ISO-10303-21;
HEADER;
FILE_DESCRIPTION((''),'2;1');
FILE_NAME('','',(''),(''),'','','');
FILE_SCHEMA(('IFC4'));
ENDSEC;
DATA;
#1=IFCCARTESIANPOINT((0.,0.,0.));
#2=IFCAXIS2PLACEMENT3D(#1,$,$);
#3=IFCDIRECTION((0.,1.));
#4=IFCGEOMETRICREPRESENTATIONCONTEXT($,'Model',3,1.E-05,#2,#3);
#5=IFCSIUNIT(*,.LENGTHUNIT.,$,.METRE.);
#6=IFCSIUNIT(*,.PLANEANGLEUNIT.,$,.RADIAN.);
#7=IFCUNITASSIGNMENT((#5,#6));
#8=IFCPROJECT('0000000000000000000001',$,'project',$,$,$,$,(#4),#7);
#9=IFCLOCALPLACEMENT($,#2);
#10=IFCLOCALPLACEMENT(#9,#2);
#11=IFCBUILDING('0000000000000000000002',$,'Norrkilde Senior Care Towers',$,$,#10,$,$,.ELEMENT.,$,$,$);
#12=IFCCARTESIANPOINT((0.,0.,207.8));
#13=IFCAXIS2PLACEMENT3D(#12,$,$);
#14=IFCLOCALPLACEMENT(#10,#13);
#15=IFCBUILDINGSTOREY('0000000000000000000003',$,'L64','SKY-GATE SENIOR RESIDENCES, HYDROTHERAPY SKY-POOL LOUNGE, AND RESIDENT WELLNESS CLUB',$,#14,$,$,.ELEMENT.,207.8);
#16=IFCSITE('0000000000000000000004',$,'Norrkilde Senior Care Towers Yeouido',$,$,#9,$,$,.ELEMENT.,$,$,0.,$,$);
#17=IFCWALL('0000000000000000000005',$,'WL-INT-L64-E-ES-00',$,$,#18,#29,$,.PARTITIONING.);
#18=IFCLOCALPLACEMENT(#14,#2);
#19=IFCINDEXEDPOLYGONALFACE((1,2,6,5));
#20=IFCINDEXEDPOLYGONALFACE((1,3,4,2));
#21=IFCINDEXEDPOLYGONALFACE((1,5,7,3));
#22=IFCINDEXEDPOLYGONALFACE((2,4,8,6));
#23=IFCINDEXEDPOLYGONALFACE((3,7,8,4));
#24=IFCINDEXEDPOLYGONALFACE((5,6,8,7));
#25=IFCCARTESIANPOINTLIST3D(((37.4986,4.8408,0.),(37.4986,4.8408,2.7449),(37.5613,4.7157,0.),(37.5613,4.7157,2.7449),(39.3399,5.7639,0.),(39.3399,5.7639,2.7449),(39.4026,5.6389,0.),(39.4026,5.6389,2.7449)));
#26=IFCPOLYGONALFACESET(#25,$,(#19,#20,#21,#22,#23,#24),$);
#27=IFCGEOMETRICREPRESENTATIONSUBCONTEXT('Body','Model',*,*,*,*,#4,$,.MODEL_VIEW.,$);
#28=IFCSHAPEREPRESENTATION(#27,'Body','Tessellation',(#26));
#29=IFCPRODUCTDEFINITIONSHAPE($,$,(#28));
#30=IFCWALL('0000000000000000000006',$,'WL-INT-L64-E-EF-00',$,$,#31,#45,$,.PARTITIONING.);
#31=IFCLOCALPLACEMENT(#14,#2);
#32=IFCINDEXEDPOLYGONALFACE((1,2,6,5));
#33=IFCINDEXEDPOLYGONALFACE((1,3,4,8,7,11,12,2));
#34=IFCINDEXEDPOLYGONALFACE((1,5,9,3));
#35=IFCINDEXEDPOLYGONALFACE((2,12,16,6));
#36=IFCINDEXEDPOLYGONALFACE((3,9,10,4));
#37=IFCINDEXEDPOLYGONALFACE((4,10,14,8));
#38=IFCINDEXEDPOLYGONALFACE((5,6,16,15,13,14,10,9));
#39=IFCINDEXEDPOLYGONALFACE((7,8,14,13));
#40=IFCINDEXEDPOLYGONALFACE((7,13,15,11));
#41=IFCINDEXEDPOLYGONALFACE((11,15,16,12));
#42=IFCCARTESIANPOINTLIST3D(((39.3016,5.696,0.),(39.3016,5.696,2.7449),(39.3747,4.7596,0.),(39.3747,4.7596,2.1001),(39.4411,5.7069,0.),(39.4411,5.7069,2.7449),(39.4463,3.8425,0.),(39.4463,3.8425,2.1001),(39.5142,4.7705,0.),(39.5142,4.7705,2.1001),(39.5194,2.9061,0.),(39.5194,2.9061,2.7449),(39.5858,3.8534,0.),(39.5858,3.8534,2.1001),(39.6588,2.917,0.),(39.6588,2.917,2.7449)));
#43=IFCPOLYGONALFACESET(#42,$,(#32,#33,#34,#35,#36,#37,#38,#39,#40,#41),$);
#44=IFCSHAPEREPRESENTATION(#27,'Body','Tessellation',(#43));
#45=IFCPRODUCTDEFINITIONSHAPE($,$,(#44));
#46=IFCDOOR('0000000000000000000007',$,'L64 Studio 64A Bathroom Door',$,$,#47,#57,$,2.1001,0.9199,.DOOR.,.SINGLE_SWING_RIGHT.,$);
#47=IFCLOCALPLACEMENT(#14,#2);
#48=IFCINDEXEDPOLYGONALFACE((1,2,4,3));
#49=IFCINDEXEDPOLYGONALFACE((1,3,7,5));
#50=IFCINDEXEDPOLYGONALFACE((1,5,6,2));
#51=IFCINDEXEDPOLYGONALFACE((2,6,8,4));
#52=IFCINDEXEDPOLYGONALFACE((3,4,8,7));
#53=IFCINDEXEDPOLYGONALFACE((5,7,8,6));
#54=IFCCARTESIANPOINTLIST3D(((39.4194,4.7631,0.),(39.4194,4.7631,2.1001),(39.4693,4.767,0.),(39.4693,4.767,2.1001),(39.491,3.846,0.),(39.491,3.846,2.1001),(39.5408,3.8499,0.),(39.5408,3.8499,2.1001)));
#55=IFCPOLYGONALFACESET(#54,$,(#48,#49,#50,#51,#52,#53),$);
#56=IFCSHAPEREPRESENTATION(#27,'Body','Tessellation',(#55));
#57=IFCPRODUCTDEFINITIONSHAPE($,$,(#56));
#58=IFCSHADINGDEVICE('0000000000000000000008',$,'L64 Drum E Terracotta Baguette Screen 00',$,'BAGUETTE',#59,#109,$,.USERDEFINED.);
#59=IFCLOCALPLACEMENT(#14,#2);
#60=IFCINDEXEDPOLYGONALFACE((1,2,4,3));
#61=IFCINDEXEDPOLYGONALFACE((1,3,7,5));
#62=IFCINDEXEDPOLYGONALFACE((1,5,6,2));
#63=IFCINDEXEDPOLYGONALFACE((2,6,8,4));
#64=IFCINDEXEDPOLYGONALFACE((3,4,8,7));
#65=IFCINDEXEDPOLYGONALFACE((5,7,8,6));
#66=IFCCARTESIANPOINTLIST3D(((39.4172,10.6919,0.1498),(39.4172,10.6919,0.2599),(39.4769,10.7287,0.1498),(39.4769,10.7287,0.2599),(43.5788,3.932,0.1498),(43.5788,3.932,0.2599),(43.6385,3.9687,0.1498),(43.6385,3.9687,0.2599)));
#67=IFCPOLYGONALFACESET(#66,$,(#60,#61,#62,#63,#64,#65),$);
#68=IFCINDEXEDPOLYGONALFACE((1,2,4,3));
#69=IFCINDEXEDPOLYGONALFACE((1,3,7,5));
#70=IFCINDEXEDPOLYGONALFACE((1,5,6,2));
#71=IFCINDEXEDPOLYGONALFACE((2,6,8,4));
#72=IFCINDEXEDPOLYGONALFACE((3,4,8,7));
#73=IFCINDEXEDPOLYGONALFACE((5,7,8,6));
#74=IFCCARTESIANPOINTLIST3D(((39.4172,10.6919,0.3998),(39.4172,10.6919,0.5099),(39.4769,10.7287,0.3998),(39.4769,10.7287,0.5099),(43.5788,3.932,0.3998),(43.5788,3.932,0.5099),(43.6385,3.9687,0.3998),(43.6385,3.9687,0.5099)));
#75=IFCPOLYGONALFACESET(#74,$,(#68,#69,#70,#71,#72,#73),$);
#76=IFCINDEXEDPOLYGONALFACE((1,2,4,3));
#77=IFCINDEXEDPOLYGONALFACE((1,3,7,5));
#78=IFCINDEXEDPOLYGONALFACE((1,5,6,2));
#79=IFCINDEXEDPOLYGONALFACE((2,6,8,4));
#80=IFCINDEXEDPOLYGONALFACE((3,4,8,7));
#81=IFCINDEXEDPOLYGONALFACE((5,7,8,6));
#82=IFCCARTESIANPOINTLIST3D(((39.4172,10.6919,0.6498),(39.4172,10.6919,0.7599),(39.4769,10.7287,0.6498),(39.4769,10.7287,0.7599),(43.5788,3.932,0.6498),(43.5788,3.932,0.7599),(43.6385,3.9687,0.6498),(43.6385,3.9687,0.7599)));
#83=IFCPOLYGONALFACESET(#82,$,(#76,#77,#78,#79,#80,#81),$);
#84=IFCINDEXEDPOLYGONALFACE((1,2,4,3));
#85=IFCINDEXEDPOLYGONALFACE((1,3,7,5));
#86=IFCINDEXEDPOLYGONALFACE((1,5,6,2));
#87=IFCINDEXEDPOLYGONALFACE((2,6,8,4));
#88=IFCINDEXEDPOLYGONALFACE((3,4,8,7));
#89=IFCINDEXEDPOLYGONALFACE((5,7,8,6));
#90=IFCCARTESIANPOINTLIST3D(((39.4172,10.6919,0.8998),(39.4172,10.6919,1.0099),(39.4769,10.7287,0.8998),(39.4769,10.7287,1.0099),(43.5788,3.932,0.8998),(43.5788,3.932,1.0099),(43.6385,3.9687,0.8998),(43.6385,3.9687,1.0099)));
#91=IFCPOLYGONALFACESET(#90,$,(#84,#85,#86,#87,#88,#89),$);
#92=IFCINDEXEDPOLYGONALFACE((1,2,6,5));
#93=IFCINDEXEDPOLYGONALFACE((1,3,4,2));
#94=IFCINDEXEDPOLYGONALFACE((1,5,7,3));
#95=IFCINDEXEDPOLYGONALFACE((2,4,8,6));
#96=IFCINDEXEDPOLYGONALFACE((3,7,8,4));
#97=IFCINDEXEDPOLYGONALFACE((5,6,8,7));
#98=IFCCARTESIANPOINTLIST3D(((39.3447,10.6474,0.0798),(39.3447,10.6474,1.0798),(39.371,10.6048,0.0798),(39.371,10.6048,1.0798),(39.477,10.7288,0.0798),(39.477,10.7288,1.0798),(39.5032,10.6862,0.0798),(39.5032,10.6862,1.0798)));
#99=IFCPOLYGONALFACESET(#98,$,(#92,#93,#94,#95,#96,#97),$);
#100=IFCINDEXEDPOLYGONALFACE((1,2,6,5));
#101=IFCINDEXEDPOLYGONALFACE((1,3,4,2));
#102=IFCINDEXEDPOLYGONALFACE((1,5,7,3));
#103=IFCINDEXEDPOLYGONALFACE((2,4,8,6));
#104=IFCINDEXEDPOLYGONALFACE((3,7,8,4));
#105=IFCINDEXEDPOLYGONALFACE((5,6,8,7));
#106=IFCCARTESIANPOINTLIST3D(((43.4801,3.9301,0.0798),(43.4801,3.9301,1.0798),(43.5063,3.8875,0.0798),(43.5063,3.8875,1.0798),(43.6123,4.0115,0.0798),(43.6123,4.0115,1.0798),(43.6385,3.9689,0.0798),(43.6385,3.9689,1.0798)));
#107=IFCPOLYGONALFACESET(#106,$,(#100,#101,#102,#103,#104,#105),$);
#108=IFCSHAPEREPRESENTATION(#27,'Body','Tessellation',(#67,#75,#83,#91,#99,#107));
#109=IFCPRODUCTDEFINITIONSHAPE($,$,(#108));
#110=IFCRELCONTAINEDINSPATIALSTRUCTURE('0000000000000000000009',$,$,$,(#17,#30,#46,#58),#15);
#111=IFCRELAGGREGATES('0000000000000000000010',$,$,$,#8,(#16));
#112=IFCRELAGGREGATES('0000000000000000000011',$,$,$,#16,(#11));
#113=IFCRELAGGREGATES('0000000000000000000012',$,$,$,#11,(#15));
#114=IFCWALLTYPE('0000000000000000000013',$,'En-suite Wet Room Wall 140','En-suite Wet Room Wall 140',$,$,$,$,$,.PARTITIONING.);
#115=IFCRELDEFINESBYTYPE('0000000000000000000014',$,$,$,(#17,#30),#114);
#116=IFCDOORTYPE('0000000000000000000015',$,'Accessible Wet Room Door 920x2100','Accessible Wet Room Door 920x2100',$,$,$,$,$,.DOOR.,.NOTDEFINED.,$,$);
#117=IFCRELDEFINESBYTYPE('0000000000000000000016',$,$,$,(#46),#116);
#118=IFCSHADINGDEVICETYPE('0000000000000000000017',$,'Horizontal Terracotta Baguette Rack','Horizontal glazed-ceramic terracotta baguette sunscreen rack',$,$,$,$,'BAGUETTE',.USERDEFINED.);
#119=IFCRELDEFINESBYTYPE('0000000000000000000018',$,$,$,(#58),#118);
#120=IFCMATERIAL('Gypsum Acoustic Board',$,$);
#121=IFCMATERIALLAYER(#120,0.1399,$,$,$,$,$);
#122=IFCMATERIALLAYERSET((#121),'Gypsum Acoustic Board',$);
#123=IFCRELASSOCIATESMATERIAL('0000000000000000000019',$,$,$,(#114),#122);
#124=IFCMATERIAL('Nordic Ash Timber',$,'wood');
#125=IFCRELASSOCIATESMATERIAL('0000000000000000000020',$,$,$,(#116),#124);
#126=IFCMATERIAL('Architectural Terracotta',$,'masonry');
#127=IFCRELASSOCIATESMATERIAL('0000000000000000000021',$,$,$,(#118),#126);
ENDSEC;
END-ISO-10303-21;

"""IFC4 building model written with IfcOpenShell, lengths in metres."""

from ifc_helpers import new_model, si_unit, direction, frame, frame_2d, origin, origin_2d, place, context, subcontext, project, spatial, rectangle, extrude, source, transform, mapped, material, layer, layer_set, type_object, type_shapes, element, fill, save


model = new_model("IFC4")

# Units and contexts
model_context = context("Model", 3, precision=1e-05, world=origin(), true_north=direction((0.0, 1.0)))
body_context = subcontext(model_context, "Body", "Model", "MODEL_VIEW")
ifc_project = project(units=[si_unit("LENGTHUNIT", "METRE"), si_unit("PLANEANGLEUNIT", "RADIAN")], contexts=[model_context])

# Site, building, storey
site_placement = place(None, origin())
site = spatial("IfcSite", under=ifc_project, at=site_placement, Name="Norrkilde Senior Care Towers Yeouido", CompositionType="ELEMENT", RefElevation=0.0)
building_placement = place(site_placement, origin())
building = spatial("IfcBuilding", under=site, at=building_placement, Name="Norrkilde Senior Care Towers", CompositionType="ELEMENT")
storey_placement = place(building_placement, frame((0.0, 0.0, 207.8)))
storey = spatial("IfcBuildingStorey", under=building, at=storey_placement, Name="L64", Description="SKY-GATE SENIOR RESIDENCES, HYDROTHERAPY SKY-POOL LOUNGE, AND RESIDENT WELLNESS CLUB", CompositionType="ELEMENT", Elevation=207.8)

# Shared definitions
ifc_material_1 = material(Name="Gypsum Acoustic Board")

# Shared definitions
ifc_material_2 = material(Name="Nordic Ash Timber", Category="wood")

# Wall
ifc_layer_1 = layer(ifc_material_1, 0.1399)
ifc_layer_set_1 = layer_set([ifc_layer_1], Name="Gypsum Acoustic Board")
wall_type_1 = type_object("IfcWallType", Name="En-suite Wet Room Wall 140", Description="En-suite Wet Room Wall 140", PredefinedType="PARTITIONING", material=ifc_layer_set_1)
shared_shape_1 = source(origin(), body_context, "Body", "SweptSolid", [
    extrude(rectangle(XDim=2.0598, YDim=0.1399, at=frame_2d((1.0298, 0.0))), origin(), (0.0, 0.0, 1.0), 2.7449),
])
wall_1_placement = place(storey_placement, frame((37.53, 4.7783, 0.0), z_axis=(0.0, 0.0, 1.0), x_axis=(0.893953, 0.448162, 0.0)))
element("IfcWall", 1, at=wall_1_placement, inside=storey, type_object=wall_type_1, Name="WL-INT-L64-E-ES-00", PredefinedType="PARTITIONING", context=body_context, shape_type="MappedRepresentation", body=[
    mapped(shared_shape_1, transform((0.0, 0.0, 0.0), x_axis=(1.0, 0.0, 0.0), y_axis=(0.0, 1.0, 0.0), z_axis=(0.0, 0.0, 1.0), scale=1.0)),
])

# Wall, opening, door
shared_shape_2 = source(origin(), body_context, "Body", "SweptSolid", [
    extrude(rectangle(XDim=2.7983, YDim=0.1399, at=frame_2d((1.3992, 0.0))), origin(), (0.0, 0.0, 1.0), 2.7449),
])
type_shapes(wall_type_1, [shared_shape_1, shared_shape_2])
wall_2_placement = place(storey_placement, frame((39.3713, 5.7014, 0.0), z_axis=(0.0, 0.0, 1.0), x_axis=(0.077824, -0.996967, 0.0)))
wall_2 = element("IfcWall", 2, at=wall_2_placement, inside=storey, type_object=wall_type_1, Name="WL-INT-L64-E-EF-00", PredefinedType="PARTITIONING", context=body_context, shape_type="MappedRepresentation", body=[
    mapped(shared_shape_2, transform((0.0, 0.0, 0.0), x_axis=(1.0, 0.0, 0.0), y_axis=(0.0, 1.0, 0.0), z_axis=(0.0, 0.0, 1.0), scale=1.0)),
])
opening_1_placement = place(wall_2_placement, frame((0.9392, 0.0, 0.0)))
opening_1 = element("IfcOpeningElement", 3, at=opening_1_placement, cuts=wall_2, PredefinedType="OPENING", context=body_context, shape_type="SweptSolid", body=[
    extrude(rectangle(XDim=0.9199, YDim=2.1001, at=frame_2d((0.46, 1.05))), frame((0.0, 0.0798, 0.0), z_axis=(0.0, -1.0, 0.0), x_axis=(1.0, 0.0, 0.0)), (0.0, 0.0, 1.0), 0.1599),
])
door_type_1 = type_object("IfcDoorType", Name="Accessible Wet Room Door 920x2100", Description="Accessible Wet Room Door 920x2100", OperationType="NOTDEFINED", PredefinedType="DOOR", material=ifc_material_2)
shared_shape_3 = source(origin(), body_context, "Body", "SweptSolid", [
    extrude(rectangle(XDim=0.9199, YDim=2.1001, at=frame_2d((0.46, 1.05))), frame((0.0, 0.0249, 0.0), z_axis=(0.0, -1.0, 0.0), x_axis=(1.0, 0.0, 0.0)), (0.0, 0.0, 1.0), 0.05),
])
type_shapes(door_type_1, [shared_shape_3])
door_1_placement = place(opening_1_placement, origin())
door_1 = element("IfcDoor", 4, at=door_1_placement, inside=storey, type_object=door_type_1, Name="L64 Studio 64A Bathroom Door", OperationType="SINGLE_SWING_RIGHT", OverallHeight=2.1001, OverallWidth=0.9199, PredefinedType="DOOR", context=body_context, shape_type="MappedRepresentation", body=[
    mapped(shared_shape_3, transform((0.0, 0.0, 0.0), x_axis=(1.0, 0.0, 0.0), y_axis=(0.0, 1.0, 0.0), z_axis=(0.0, 0.0, 1.0), scale=1.0)),
])
fill(opening_1, door_1)

# Shading device
ifc_material_3 = material(Name="Architectural Terracotta", Category="masonry")
shading_device_type = type_object("IfcShadingDeviceType", Name="Horizontal Terracotta Baguette Rack", Description="Horizontal glazed-ceramic terracotta baguette sunscreen rack", ElementType="BAGUETTE", PredefinedType="USERDEFINED", material=ifc_material_3)
shared_shape_4 = source(origin(), body_context, "Body", "SweptSolid", [
    extrude(rectangle(XDim=0.0701, YDim=0.1101, at=origin_2d()), frame((0.0, 0.0901, 0.125), z_axis=(1.0, 0.0, 0.0), x_axis=(0.0, 1.0, 0.0)), (0.0, 0.0, 1.0), 7.9382),
    extrude(rectangle(XDim=0.0701, YDim=0.1101, at=origin_2d()), frame((0.0, 0.0901, 0.375), z_axis=(1.0, 0.0, 0.0), x_axis=(0.0, 1.0, 0.0)), (0.0, 0.0, 1.0), 7.9382),
    extrude(rectangle(XDim=0.0701, YDim=0.1101, at=origin_2d()), frame((0.0, 0.0901, 0.625), z_axis=(1.0, 0.0, 0.0), x_axis=(0.0, 1.0, 0.0)), (0.0, 0.0, 1.0), 7.9382),
    extrude(rectangle(XDim=0.0701, YDim=0.1101, at=origin_2d()), frame((0.0, 0.0901, 0.875), z_axis=(1.0, 0.0, 0.0), x_axis=(0.0, 1.0, 0.0)), (0.0, 0.0, 1.0), 7.9382),
    extrude(rectangle(XDim=0.05, YDim=0.1553, at=origin_2d()), frame((0.0249, 0.0476, 0.0)), (0.0, 0.0, 1.0), 1.0),
    extrude(rectangle(XDim=0.05, YDim=0.1553, at=origin_2d()), frame((7.9131, 0.0476, 0.0)), (0.0, 0.0, 1.0), 1.0),
])
type_shapes(shading_device_type, [shared_shape_4])
shading_device_placement = place(storey_placement, frame((39.3704, 10.6631, 0.0798), z_axis=(0.0, 0.0, 1.0), x_axis=(0.52425, -0.851576, 0.0)))
element("IfcShadingDevice", 5, at=shading_device_placement, inside=storey, type_object=shading_device_type, Name="L64 Drum E Terracotta Baguette Screen 00", ObjectType="BAGUETTE", PredefinedType="USERDEFINED", context=body_context, shape_type="MappedRepresentation", body=[
    mapped(shared_shape_4, transform((0.0, 0.0, 0.0), x_axis=(1.0, 0.0, 0.0), y_axis=(0.0, 1.0, 0.0), z_axis=(0.0, 0.0, 1.0), scale=1.0)),
])

save(model, "model.ifc")
